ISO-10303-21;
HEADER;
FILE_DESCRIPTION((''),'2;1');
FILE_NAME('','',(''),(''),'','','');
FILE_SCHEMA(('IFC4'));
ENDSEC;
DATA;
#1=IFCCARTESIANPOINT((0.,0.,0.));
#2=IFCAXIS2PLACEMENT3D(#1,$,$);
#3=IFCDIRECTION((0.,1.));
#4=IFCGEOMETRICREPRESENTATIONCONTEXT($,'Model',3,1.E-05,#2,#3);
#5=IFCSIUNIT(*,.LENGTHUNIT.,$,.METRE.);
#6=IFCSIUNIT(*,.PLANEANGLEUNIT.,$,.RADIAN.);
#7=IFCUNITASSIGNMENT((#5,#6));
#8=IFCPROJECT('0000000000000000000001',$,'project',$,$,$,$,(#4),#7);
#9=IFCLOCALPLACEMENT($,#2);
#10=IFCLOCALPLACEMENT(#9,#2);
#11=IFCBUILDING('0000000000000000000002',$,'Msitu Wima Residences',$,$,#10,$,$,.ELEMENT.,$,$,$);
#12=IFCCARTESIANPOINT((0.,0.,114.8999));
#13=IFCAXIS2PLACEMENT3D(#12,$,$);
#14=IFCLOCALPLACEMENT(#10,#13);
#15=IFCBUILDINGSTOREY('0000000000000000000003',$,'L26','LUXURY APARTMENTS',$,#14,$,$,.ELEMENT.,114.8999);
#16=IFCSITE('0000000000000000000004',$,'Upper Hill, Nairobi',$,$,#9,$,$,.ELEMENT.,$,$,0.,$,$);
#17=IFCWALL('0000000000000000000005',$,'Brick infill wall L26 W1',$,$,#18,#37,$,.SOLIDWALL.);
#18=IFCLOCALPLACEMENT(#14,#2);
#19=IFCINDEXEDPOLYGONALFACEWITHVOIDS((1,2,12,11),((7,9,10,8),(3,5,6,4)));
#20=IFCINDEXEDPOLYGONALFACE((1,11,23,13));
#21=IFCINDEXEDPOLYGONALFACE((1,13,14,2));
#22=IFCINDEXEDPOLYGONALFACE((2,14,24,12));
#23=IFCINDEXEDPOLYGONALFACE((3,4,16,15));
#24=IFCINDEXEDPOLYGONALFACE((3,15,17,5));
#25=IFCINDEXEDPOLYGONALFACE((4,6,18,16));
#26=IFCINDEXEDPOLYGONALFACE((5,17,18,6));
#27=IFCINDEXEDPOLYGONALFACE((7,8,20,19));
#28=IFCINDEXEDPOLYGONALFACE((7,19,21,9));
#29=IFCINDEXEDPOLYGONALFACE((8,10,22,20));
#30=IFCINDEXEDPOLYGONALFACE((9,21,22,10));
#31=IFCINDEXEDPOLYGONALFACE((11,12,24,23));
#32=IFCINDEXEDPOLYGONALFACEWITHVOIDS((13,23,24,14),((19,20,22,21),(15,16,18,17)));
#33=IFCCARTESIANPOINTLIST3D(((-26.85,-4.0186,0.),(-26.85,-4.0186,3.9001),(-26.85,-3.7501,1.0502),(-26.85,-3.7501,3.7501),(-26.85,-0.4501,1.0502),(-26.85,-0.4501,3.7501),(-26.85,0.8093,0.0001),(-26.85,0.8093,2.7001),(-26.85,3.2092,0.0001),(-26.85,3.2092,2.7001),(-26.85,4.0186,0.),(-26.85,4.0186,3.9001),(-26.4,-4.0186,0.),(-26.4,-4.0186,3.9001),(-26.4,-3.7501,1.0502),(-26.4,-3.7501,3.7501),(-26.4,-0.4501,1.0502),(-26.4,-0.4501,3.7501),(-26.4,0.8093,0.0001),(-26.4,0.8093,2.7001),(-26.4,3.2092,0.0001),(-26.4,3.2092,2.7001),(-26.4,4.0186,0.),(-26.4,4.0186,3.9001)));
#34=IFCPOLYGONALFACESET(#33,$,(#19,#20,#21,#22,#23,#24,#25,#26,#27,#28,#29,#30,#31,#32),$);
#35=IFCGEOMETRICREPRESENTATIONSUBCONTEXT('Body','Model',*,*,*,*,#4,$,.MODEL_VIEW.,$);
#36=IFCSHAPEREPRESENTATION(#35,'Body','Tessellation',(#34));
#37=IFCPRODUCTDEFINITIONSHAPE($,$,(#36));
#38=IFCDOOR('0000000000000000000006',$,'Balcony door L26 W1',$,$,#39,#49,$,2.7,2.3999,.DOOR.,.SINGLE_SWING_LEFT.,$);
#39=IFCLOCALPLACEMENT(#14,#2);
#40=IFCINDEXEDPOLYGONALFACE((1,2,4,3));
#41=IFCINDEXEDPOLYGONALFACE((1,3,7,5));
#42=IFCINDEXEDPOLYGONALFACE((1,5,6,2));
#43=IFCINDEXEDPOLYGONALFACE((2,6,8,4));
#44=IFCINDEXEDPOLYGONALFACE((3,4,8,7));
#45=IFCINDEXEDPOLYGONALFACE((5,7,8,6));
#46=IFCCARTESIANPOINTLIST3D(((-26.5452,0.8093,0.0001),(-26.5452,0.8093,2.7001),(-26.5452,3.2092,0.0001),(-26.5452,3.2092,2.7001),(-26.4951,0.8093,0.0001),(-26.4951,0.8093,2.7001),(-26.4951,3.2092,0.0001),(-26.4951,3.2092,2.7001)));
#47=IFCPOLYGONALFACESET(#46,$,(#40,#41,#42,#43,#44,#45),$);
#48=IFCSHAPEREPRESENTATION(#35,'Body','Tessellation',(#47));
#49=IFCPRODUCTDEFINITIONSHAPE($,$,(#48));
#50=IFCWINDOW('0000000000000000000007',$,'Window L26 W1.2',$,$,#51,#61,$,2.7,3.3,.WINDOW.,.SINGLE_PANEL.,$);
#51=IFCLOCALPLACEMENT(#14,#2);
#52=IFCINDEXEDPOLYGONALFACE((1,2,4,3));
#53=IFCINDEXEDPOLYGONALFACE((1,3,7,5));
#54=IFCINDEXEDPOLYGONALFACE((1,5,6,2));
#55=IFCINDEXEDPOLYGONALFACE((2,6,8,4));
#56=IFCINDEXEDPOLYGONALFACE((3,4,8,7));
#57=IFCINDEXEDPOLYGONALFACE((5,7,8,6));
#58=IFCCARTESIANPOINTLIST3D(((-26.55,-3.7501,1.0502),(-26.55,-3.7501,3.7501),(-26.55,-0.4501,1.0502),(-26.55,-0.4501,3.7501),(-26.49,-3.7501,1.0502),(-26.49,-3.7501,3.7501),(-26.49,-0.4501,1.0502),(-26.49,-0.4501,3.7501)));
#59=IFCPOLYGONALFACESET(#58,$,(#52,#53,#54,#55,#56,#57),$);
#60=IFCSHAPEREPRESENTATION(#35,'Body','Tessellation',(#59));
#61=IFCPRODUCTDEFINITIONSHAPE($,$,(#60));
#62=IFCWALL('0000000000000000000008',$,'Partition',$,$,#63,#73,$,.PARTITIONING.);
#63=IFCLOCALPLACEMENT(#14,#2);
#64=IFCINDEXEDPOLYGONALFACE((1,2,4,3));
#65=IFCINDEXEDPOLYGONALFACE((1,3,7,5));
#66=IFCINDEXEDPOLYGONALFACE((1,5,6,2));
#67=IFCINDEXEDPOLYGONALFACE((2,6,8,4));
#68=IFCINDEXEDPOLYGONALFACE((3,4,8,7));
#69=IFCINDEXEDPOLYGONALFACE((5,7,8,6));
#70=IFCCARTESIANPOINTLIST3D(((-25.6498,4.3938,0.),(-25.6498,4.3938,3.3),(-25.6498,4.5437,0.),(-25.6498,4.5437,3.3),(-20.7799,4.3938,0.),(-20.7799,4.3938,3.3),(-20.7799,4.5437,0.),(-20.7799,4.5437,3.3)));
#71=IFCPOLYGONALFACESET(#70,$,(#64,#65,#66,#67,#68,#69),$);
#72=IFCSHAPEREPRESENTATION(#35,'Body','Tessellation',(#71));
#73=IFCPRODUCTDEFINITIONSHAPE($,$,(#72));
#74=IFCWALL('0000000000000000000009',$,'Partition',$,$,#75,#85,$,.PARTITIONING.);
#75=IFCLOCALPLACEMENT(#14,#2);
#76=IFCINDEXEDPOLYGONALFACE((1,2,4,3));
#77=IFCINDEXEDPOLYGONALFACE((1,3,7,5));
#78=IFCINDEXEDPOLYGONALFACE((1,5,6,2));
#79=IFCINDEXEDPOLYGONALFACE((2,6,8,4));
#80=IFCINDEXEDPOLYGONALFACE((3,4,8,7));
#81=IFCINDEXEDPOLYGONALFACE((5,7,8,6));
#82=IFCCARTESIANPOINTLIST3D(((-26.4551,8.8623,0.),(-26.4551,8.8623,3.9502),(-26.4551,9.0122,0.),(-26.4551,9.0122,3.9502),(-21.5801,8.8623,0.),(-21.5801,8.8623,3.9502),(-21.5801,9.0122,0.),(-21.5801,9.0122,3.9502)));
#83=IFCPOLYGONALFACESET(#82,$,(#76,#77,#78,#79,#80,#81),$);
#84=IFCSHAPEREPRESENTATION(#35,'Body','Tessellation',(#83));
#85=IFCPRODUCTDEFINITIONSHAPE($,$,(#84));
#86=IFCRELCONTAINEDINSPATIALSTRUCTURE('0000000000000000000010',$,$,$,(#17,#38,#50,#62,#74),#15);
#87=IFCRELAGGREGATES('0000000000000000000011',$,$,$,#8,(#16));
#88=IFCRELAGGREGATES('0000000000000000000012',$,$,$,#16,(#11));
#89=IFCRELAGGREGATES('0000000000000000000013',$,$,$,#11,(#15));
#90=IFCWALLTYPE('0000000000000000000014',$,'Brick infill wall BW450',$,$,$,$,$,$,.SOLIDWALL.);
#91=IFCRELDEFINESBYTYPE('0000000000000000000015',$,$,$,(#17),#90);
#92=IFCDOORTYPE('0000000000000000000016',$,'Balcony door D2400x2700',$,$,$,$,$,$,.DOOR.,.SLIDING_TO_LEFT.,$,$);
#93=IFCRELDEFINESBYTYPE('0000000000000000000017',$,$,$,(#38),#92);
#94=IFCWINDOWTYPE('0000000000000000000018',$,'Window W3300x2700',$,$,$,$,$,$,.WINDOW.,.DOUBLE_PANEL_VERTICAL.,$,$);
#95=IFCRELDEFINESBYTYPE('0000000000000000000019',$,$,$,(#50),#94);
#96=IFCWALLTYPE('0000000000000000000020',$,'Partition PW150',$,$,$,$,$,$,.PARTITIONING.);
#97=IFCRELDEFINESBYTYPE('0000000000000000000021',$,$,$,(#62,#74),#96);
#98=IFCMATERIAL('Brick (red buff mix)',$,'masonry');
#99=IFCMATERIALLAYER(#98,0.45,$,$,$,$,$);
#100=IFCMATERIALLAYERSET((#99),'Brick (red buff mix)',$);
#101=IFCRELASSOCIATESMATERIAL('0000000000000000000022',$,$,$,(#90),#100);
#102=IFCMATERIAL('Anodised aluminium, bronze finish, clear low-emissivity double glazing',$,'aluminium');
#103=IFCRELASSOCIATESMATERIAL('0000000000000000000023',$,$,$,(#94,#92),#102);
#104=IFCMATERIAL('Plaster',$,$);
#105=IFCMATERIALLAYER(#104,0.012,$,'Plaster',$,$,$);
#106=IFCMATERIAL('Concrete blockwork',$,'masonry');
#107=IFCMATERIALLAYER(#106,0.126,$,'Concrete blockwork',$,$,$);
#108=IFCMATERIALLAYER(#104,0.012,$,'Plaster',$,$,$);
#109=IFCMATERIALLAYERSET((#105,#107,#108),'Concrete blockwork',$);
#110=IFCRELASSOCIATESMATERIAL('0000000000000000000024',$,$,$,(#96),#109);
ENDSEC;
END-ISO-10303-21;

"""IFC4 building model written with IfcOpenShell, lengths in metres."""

from ifc_helpers import new_model, si_unit, direction, frame, frame_2d, origin, place, context, subcontext, project, spatial, rectangle, extrude, material, layer, layer_set, type_object, element, fill, save


model = new_model("IFC4")

# Units and contexts
model_context = context("Model", 3, precision=1e-05, world=origin(), true_north=direction((0.0, 1.0)))
body_context = subcontext(model_context, "Body", "Model", "MODEL_VIEW")
ifc_project = project(units=[si_unit("LENGTHUNIT", "METRE"), si_unit("PLANEANGLEUNIT", "RADIAN")], contexts=[model_context])

# Site, building, storey
site_placement = place(None, origin())
site = spatial("IfcSite", under=ifc_project, at=site_placement, Name="Upper Hill, Nairobi", CompositionType="ELEMENT", RefElevation=0.0)
building_placement = place(site_placement, origin())
building = spatial("IfcBuilding", under=site, at=building_placement, Name="Msitu Wima Residences", CompositionType="ELEMENT")
storey_placement = place(building_placement, frame((0.0, 0.0, 114.8999)))
storey = spatial("IfcBuildingStorey", under=building, at=storey_placement, Name="L26", Description="LUXURY APARTMENTS", CompositionType="ELEMENT", Elevation=114.8999)

# Shared definitions
ifc_material_1 = material(Name="Brick (red buff mix)", Category="masonry")
ifc_layer_1 = layer(ifc_material_1, 0.45)
ifc_layer_set_1 = layer_set([ifc_layer_1], Name="Brick (red buff mix)")
wall_type_1 = type_object("IfcWallType", Name="Brick infill wall BW450", PredefinedType="SOLIDWALL", material=ifc_layer_set_1)
ifc_material_2 = material(Name="Anodised aluminium, bronze finish, clear low-emissivity double glazing", Category="aluminium")
window_type = type_object("IfcWindowType", Name="Window W3300x2700", PartitioningType="DOUBLE_PANEL_VERTICAL", PredefinedType="WINDOW", material=ifc_material_2)

# Wall, openings, door, window
wall_1_placement = place(storey_placement, frame((-26.625, 4.0186, 0.0), z_axis=(0.0, 0.0, 1.0), x_axis=(0.0, -1.0, 0.0)))
wall_1 = element("IfcWall", 1, at=wall_1_placement, inside=storey, type_object=wall_type_1, Name="Brick infill wall L26 W1", PredefinedType="SOLIDWALL", context=body_context, shape_type="SweptSolid", body=[
    extrude(rectangle(XDim=8.0371, YDim=0.45, at=frame_2d((4.0186, 0.0))), origin(), (0.0, 0.0, 1.0), 3.9001),
])
opening_1_placement = place(wall_1_placement, frame((0.8093, 0.0, 0.0)))
opening_1 = element("IfcOpeningElement", 2, at=opening_1_placement, cuts=wall_1, PredefinedType="OPENING", context=body_context, shape_type="SweptSolid", body=[
    extrude(rectangle(XDim=2.3999, YDim=2.7, at=frame_2d((1.2, 1.3501))), frame((0.0, 0.2349, 0.0), z_axis=(0.0, -1.0, 0.0), x_axis=(1.0, 0.0, 0.0)), (0.0, 0.0, 1.0), 0.47),
])
opening_2_placement = place(wall_1_placement, frame((4.4688, 0.0, 1.05)))
opening_2 = element("IfcOpeningElement", 3, at=opening_2_placement, cuts=wall_1, PredefinedType="OPENING", context=body_context, shape_type="SweptSolid", body=[
    extrude(rectangle(XDim=3.3, YDim=2.7, at=frame_2d((1.6499, 1.3501))), frame((0.0, 0.2349, 0.0), z_axis=(0.0, -1.0, 0.0), x_axis=(1.0, 0.0, 0.0)), (0.0, 0.0, 1.0), 0.47),
])
door_type = type_object("IfcDoorType", Name="Balcony door D2400x2700", OperationType="SLIDING_TO_LEFT", PredefinedType="DOOR", material=ifc_material_2)
door_placement = place(opening_1_placement, origin())
door = element("IfcDoor", 4, at=door_placement, inside=storey, type_object=door_type, Name="Balcony door L26 W1", OperationType="SINGLE_SWING_LEFT", OverallHeight=2.7, OverallWidth=2.3999, PredefinedType="DOOR", context=body_context, shape_type="SweptSolid", body=[
    extrude(rectangle(XDim=2.3999, YDim=2.7, at=frame_2d((1.2, 1.3501))), frame((0.0, 0.1299, 0.0), z_axis=(0.0, -1.0, 0.0), x_axis=(1.0, 0.0, 0.0)), (0.0, 0.0, 1.0), 0.05),
])
fill(opening_1, door)
window_1_placement = place(opening_2_placement, origin())
window_1 = element("IfcWindow", 5, at=window_1_placement, inside=storey, type_object=window_type, Name="Window L26 W1.2", OverallHeight=2.7, OverallWidth=3.3, PartitioningType="SINGLE_PANEL", PredefinedType="WINDOW", context=body_context, shape_type="SweptSolid", body=[
    extrude(rectangle(XDim=3.3, YDim=2.7, at=frame_2d((1.6499, 1.3501))), frame((0.0, 0.135, 0.0), z_axis=(0.0, -1.0, 0.0), x_axis=(1.0, 0.0, 0.0)), (0.0, 0.0, 1.0), 0.0601),
])
fill(opening_2, window_1)

# Walls
ifc_material_3 = material(Name="Plaster")
ifc_layer_2 = layer(ifc_material_3, 0.012, Name="Plaster")
ifc_material_4 = material(Name="Concrete blockwork", Category="masonry")
ifc_layer_3 = layer(ifc_material_4, 0.126, Name="Concrete blockwork")
ifc_layer_4 = layer(ifc_material_3, 0.012, Name="Plaster")
ifc_layer_set_2 = layer_set([ifc_layer_2, ifc_layer_3, ifc_layer_4], Name="Concrete blockwork")
wall_type_2 = type_object("IfcWallType", Name="Partition PW150", PredefinedType="PARTITIONING", material=ifc_layer_set_2)
wall_2_placement = place(storey_placement, frame((-25.6499, 4.4688, 0.0), z_axis=(0.0, 0.0, 1.0), x_axis=(1.0, 0.0, 0.0)))
element("IfcWall", 6, at=wall_2_placement, inside=storey, type_object=wall_type_2, Name="Partition", PredefinedType="PARTITIONING", context=body_context, shape_type="SweptSolid", body=[
    extrude(rectangle(XDim=4.8699, YDim=0.1499, at=frame_2d((2.4351, 0.0))), origin(), (0.0, 0.0, 1.0), 3.3),
])
wall_3_placement = place(storey_placement, frame((-26.4551, 8.9373, 0.0), z_axis=(0.0, 0.0, 1.0), x_axis=(1.0, 0.0, 0.0)))
element("IfcWall", 7, at=wall_3_placement, inside=storey, type_object=wall_type_2, Name="Partition", PredefinedType="PARTITIONING", context=body_context, shape_type="SweptSolid", body=[
    extrude(rectangle(XDim=4.875, YDim=0.1499, at=frame_2d((2.4375, 0.0))), origin(), (0.0, 0.0, 1.0), 3.9502),
])

save(model, "model.ifc")
